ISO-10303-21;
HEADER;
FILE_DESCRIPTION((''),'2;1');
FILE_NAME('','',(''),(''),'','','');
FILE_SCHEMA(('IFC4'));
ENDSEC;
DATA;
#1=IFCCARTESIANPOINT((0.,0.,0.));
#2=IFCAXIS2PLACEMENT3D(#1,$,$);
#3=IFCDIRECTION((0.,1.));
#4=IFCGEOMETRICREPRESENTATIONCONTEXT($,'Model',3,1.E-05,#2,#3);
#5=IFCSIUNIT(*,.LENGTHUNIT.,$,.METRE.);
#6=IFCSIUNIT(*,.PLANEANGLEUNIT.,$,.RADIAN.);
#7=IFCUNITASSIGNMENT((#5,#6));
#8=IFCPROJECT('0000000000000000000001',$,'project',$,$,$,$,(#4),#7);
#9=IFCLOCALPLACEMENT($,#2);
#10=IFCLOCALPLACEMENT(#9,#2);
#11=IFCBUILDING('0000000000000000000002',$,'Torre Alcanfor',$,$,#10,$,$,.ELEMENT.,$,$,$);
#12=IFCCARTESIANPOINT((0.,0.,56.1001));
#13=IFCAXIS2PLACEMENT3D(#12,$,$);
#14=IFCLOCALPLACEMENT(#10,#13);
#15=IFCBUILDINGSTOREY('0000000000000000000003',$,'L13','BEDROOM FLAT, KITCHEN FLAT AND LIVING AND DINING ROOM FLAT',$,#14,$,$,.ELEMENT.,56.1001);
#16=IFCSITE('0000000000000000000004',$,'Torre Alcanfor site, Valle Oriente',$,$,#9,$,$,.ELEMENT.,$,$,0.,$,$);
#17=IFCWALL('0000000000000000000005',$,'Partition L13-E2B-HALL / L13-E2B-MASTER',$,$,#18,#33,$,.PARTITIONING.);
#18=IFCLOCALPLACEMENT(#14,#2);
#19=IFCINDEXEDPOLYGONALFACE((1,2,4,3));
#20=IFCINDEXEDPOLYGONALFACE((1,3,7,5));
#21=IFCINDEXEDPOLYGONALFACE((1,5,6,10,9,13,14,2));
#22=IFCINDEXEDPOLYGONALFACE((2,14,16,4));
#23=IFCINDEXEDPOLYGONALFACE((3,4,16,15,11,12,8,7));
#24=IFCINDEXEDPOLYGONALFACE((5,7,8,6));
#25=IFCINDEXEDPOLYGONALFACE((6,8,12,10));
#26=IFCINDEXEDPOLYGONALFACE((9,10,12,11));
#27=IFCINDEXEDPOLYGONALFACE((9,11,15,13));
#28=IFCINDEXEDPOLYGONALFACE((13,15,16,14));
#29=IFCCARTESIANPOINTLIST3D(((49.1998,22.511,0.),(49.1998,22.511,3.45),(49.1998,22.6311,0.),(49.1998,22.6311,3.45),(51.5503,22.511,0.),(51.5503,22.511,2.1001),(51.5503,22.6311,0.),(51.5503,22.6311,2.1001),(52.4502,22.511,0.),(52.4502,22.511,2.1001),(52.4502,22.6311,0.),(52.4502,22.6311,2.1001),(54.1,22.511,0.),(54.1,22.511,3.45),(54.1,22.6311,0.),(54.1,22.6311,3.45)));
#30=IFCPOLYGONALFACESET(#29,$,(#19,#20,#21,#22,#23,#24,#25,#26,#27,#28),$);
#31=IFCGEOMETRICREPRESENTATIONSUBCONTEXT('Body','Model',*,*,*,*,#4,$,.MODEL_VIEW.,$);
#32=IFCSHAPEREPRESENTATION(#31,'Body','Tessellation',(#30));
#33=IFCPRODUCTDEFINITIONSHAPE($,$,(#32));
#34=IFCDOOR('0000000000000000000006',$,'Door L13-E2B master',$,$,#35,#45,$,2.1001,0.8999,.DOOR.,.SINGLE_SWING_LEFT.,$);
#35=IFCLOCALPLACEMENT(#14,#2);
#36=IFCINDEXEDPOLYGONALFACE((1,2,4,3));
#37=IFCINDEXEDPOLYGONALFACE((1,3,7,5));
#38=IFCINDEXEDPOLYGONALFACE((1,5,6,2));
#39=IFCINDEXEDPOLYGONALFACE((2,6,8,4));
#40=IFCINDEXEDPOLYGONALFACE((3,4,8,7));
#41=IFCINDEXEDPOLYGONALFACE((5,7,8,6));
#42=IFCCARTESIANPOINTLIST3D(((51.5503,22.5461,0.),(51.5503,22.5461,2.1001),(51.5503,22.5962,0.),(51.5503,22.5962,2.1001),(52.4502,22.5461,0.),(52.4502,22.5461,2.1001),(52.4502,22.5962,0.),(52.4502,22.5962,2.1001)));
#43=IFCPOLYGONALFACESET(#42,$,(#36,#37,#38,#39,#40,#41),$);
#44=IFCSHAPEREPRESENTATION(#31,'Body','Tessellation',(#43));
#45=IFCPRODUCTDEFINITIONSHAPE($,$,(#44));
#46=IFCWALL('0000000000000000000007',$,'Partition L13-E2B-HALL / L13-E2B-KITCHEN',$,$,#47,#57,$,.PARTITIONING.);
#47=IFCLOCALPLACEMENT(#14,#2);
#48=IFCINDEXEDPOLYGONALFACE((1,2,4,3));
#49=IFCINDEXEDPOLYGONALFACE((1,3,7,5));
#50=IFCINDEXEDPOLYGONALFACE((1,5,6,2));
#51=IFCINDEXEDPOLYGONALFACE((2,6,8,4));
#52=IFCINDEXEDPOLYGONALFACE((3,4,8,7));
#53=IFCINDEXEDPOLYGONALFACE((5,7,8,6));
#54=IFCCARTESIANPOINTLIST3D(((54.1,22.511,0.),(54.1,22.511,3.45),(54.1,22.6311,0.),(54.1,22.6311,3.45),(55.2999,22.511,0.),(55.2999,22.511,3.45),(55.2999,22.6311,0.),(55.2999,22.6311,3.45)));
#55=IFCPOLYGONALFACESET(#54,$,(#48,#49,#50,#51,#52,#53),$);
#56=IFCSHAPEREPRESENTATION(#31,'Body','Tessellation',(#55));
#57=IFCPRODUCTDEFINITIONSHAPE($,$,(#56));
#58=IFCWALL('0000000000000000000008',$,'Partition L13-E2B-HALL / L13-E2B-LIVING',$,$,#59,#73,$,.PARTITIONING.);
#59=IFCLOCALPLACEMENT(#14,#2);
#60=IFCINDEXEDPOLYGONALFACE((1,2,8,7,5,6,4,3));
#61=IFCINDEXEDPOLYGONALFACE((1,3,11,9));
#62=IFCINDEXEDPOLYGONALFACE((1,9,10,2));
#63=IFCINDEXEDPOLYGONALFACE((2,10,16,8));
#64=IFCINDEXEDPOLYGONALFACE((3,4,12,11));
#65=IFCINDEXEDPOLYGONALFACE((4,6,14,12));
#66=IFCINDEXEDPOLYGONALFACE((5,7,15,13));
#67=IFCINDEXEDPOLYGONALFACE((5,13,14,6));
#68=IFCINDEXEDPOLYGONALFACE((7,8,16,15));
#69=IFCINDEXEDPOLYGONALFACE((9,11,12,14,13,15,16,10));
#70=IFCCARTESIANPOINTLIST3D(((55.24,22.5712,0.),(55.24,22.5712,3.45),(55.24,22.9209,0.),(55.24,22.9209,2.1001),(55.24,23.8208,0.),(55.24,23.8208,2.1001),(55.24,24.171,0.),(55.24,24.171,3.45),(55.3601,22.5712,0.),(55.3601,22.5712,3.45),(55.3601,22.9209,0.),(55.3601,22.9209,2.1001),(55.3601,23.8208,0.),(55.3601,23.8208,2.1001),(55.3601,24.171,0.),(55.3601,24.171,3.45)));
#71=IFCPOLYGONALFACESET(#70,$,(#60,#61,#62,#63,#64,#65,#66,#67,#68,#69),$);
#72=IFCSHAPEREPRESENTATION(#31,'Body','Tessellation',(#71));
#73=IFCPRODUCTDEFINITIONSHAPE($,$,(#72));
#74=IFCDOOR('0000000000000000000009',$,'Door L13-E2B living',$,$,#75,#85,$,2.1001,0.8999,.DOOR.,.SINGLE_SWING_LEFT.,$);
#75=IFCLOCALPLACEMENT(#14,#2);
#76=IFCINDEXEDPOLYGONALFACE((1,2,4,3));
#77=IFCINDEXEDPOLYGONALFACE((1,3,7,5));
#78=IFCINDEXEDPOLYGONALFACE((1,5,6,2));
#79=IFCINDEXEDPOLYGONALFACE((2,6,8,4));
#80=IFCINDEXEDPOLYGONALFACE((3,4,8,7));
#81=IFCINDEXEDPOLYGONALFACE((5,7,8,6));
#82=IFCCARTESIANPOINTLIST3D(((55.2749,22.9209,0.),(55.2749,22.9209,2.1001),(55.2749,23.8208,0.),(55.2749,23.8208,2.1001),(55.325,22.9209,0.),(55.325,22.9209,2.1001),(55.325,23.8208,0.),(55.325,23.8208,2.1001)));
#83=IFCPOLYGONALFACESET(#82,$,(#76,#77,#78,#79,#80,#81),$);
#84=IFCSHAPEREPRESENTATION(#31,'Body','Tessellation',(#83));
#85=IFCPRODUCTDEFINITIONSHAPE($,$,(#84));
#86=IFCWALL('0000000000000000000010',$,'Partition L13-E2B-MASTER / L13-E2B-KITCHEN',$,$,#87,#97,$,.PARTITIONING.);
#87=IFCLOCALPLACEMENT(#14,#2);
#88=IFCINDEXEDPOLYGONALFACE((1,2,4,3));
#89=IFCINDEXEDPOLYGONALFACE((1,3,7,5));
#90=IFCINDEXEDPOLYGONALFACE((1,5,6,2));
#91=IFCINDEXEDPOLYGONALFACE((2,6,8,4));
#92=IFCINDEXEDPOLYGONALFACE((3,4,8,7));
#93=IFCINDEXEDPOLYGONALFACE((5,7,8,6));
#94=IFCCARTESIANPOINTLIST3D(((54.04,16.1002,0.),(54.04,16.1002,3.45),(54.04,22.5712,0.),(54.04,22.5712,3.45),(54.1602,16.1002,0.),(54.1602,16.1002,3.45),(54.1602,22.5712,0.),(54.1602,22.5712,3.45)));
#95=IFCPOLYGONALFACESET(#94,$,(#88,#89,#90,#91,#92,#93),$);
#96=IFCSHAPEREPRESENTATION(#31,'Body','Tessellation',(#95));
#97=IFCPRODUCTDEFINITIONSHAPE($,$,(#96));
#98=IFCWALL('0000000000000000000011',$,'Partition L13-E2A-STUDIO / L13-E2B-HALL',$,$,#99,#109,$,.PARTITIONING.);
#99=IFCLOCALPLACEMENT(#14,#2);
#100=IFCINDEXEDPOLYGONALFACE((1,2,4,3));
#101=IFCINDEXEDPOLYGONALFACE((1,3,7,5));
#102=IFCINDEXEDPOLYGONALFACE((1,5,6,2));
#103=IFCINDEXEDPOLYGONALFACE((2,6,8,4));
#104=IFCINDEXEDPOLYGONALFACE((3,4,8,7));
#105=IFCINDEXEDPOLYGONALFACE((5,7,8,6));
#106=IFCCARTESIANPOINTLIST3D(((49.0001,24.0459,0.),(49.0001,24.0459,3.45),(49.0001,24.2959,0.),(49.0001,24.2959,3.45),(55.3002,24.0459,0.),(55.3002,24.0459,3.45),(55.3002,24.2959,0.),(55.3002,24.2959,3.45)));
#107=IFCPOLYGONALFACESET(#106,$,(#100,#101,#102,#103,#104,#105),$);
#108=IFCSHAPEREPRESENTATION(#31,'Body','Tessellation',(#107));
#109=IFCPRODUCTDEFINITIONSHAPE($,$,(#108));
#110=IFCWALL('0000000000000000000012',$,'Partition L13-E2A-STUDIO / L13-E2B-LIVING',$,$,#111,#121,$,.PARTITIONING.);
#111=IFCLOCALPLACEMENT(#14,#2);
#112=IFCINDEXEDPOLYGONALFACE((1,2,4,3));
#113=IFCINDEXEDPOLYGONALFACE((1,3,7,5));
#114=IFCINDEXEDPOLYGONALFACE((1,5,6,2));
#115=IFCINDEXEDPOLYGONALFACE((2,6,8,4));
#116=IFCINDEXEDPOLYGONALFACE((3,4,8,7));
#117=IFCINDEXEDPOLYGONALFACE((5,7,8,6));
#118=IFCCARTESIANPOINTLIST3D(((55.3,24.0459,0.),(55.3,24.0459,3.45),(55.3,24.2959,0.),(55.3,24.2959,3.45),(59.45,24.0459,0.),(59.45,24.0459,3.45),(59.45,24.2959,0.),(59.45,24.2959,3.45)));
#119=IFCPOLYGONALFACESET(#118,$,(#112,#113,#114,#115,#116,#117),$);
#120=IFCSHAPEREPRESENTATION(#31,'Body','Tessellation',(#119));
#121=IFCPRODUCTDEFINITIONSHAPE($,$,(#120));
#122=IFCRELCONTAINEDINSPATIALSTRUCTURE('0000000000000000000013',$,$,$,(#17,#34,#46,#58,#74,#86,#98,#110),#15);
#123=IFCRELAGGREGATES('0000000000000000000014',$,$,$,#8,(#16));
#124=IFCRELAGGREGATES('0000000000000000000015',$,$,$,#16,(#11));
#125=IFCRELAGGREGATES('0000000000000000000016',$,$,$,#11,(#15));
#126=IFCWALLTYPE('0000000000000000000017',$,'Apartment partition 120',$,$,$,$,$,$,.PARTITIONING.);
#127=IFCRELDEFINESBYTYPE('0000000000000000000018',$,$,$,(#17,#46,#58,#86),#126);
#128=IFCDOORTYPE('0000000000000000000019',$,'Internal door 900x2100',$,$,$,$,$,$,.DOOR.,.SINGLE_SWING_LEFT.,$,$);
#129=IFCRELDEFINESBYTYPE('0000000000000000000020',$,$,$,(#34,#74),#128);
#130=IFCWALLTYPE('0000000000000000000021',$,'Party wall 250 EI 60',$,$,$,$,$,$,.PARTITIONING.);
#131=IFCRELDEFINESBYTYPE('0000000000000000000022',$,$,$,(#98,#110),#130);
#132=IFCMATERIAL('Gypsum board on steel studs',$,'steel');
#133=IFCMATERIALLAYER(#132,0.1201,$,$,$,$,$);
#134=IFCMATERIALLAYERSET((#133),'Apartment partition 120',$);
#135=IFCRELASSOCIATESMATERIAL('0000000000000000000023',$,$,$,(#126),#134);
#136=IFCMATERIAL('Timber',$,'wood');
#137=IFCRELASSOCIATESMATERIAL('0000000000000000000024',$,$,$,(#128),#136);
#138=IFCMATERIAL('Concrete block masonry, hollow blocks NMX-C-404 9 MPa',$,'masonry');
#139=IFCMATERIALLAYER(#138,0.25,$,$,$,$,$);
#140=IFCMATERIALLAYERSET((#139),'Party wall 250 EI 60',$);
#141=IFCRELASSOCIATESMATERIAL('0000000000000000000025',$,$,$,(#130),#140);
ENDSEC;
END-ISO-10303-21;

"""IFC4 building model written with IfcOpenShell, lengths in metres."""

from ifc_helpers import new_model, si_unit, direction, frame, frame_2d, origin, place, context, subcontext, project, spatial, rectangle, extrude, material, layer, layer_set, type_object, element, fill, save


model = new_model("IFC4")

# Units and contexts
model_context = context("Model", 3, precision=1e-05, world=origin(), true_north=direction((0.0, 1.0)))
body_context = subcontext(model_context, "Body", "Model", "MODEL_VIEW")
ifc_project = project(units=[si_unit("LENGTHUNIT", "METRE"), si_unit("PLANEANGLEUNIT", "RADIAN")], contexts=[model_context])

# Site, building, storey
site_placement = place(None, origin())
site = spatial("IfcSite", under=ifc_project, at=site_placement, Name="Torre Alcanfor site, Valle Oriente", CompositionType="ELEMENT", RefElevation=0.0)
building_placement = place(site_placement, origin())
building = spatial("IfcBuilding", under=site, at=building_placement, Name="Torre Alcanfor", CompositionType="ELEMENT")
storey_placement = place(building_placement, frame((0.0, 0.0, 56.1001)))
storey = spatial("IfcBuildingStorey", under=building, at=storey_placement, Name="L13", Description="BEDROOM FLAT, KITCHEN FLAT AND LIVING AND DINING ROOM FLAT", CompositionType="ELEMENT", Elevation=56.1001)

# Wall, opening, door
ifc_material_1 = material(Name="Gypsum board on steel studs", Category="steel")
ifc_layer_1 = layer(ifc_material_1, 0.1201)
ifc_layer_set_1 = layer_set([ifc_layer_1], Name="Apartment partition 120")
wall_type_1 = type_object("IfcWallType", Name="Apartment partition 120", PredefinedType="PARTITIONING", material=ifc_layer_set_1)
wall_1_placement = place(storey_placement, frame((54.1001, 22.571, 0.0), z_axis=(0.0, 0.0, 1.0), x_axis=(-1.0, 0.0, 0.0)))
wall_1 = element("IfcWall", 1, at=wall_1_placement, inside=storey, type_object=wall_type_1, Name="Partition L13-E2B-HALL / L13-E2B-MASTER", PredefinedType="PARTITIONING", context=body_context, shape_type="SweptSolid", body=[
    extrude(rectangle(XDim=4.9001, YDim=0.1201, at=frame_2d((2.4502, 0.0))), origin(), (0.0, 0.0, 1.0), 3.45),
])
opening_1_placement = place(wall_1_placement, frame((1.6499, 0.0, 0.0)))
opening_1 = element("IfcOpeningElement", 2, at=opening_1_placement, cuts=wall_1, PredefinedType="OPENING", context=body_context, shape_type="SweptSolid", body=[
    extrude(rectangle(XDim=0.8999, YDim=2.1001, at=frame_2d((0.45, 1.05))), frame((0.0, 0.0701, 0.0), z_axis=(0.0, -1.0, 0.0), x_axis=(1.0, 0.0, 0.0)), (0.0, 0.0, 1.0), 0.1401),
])
ifc_material_2 = material(Name="Timber", Category="wood")
door_type = type_object("IfcDoorType", Name="Internal door 900x2100", OperationType="SINGLE_SWING_LEFT", PredefinedType="DOOR", material=ifc_material_2)
door_1_placement = place(opening_1_placement, origin())
door_1 = element("IfcDoor", 3, at=door_1_placement, inside=storey, type_object=door_type, Name="Door L13-E2B master", OperationType="SINGLE_SWING_LEFT", OverallHeight=2.1001, OverallWidth=0.8999, PredefinedType="DOOR", context=body_context, shape_type="SweptSolid", body=[
    extrude(rectangle(XDim=0.8999, YDim=2.1001, at=frame_2d((0.45, 1.05))), frame((0.0, 0.0249, 0.0), z_axis=(0.0, -1.0, 0.0), x_axis=(1.0, 0.0, 0.0)), (0.0, 0.0, 1.0), 0.05),
])
fill(opening_1, door_1)

# Wall
wall_2_placement = place(storey_placement, frame((55.3, 22.571, 0.0), z_axis=(0.0, 0.0, 1.0), x_axis=(-1.0, 0.0, 0.0)))
element("IfcWall", 4, at=wall_2_placement, inside=storey, type_object=wall_type_1, Name="Partition L13-E2B-HALL / L13-E2B-KITCHEN", PredefinedType="PARTITIONING", context=body_context, shape_type="SweptSolid", body=[
    extrude(rectangle(XDim=1.2, YDim=0.1201, at=frame_2d((0.6001, 0.0))), origin(), (0.0, 0.0, 1.0), 3.45),
])

# Wall, opening, door
wall_3_placement = place(storey_placement, frame((55.3, 24.1709, 0.0), z_axis=(0.0, 0.0, 1.0), x_axis=(0.0, -1.0, 0.0)))
wall_3 = element("IfcWall", 5, at=wall_3_placement, inside=storey, type_object=wall_type_1, Name="Partition L13-E2B-HALL / L13-E2B-LIVING", PredefinedType="PARTITIONING", context=body_context, shape_type="SweptSolid", body=[
    extrude(rectangle(XDim=1.5999, YDim=0.1201, at=frame_2d((0.7998, 0.0))), origin(), (0.0, 0.0, 1.0), 3.45),
])
opening_2_placement = place(wall_3_placement, frame((0.3501, 0.0, 0.0)))
opening_2 = element("IfcOpeningElement", 6, at=opening_2_placement, cuts=wall_3, PredefinedType="OPENING", context=body_context, shape_type="SweptSolid", body=[
    extrude(rectangle(XDim=0.8999, YDim=2.1001, at=frame_2d((0.45, 1.05))), frame((0.0, 0.0701, 0.0), z_axis=(0.0, -1.0, 0.0), x_axis=(1.0, 0.0, 0.0)), (0.0, 0.0, 1.0), 0.1401),
])
door_2_placement = place(opening_2_placement, origin())
door_2 = element("IfcDoor", 7, at=door_2_placement, inside=storey, type_object=door_type, Name="Door L13-E2B living", OperationType="SINGLE_SWING_LEFT", OverallHeight=2.1001, OverallWidth=0.8999, PredefinedType="DOOR", context=body_context, shape_type="SweptSolid", body=[
    extrude(rectangle(XDim=0.8999, YDim=2.1001, at=frame_2d((0.45, 1.05))), frame((0.0, 0.0249, 0.0), z_axis=(0.0, -1.0, 0.0), x_axis=(1.0, 0.0, 0.0)), (0.0, 0.0, 1.0), 0.05),
])
fill(opening_2, door_2)

# Walls
wall_4_placement = place(storey_placement, frame((54.1001, 22.571, 0.0), z_axis=(0.0, 0.0, 1.0), x_axis=(0.0, -1.0, 0.0)))
element("IfcWall", 8, at=wall_4_placement, inside=storey, type_object=wall_type_1, Name="Partition L13-E2B-MASTER / L13-E2B-KITCHEN", PredefinedType="PARTITIONING", context=body_context, shape_type="SweptSolid", body=[
    extrude(rectangle(XDim=6.4709, YDim=0.1201, at=frame_2d((3.2354, 0.0))), origin(), (0.0, 0.0, 1.0), 3.45),
])
ifc_material_3 = material(Name="Concrete block masonry, hollow blocks NMX-C-404 9 MPa", Category="masonry")
ifc_layer_2 = layer(ifc_material_3, 0.25)
ifc_layer_set_2 = layer_set([ifc_layer_2], Name="Party wall 250 EI 60")
wall_type_2 = type_object("IfcWallType", Name="Party wall 250 EI 60", PredefinedType="PARTITIONING", material=ifc_layer_set_2)
wall_5_placement = place(storey_placement, frame((55.3, 24.1709, 0.0), z_axis=(0.0, 0.0, 1.0), x_axis=(-1.0, 0.0, 0.0)))
element("IfcWall", 9, at=wall_5_placement, inside=storey, type_object=wall_type_2, Name="Partition L13-E2A-STUDIO / L13-E2B-HALL", PredefinedType="PARTITIONING", context=body_context, shape_type="SweptSolid", body=[
    extrude(rectangle(XDim=6.3, YDim=0.25, at=frame_2d((3.1499, 0.0))), origin(), (0.0, 0.0, 1.0), 3.45),
])
wall_6_placement = place(storey_placement, frame((59.45, 24.1709, 0.0), z_axis=(0.0, 0.0, 1.0), x_axis=(-1.0, 0.0, 0.0)))
element("IfcWall", 10, at=wall_6_placement, inside=storey, type_object=wall_type_2, Name="Partition L13-E2A-STUDIO / L13-E2B-LIVING", PredefinedType="PARTITIONING", context=body_context, shape_type="SweptSolid", body=[
    extrude(rectangle(XDim=4.1499, YDim=0.25, at=frame_2d((2.075, 0.0))), origin(), (0.0, 0.0, 1.0), 3.45),
])

save(model, "model.ifc")
